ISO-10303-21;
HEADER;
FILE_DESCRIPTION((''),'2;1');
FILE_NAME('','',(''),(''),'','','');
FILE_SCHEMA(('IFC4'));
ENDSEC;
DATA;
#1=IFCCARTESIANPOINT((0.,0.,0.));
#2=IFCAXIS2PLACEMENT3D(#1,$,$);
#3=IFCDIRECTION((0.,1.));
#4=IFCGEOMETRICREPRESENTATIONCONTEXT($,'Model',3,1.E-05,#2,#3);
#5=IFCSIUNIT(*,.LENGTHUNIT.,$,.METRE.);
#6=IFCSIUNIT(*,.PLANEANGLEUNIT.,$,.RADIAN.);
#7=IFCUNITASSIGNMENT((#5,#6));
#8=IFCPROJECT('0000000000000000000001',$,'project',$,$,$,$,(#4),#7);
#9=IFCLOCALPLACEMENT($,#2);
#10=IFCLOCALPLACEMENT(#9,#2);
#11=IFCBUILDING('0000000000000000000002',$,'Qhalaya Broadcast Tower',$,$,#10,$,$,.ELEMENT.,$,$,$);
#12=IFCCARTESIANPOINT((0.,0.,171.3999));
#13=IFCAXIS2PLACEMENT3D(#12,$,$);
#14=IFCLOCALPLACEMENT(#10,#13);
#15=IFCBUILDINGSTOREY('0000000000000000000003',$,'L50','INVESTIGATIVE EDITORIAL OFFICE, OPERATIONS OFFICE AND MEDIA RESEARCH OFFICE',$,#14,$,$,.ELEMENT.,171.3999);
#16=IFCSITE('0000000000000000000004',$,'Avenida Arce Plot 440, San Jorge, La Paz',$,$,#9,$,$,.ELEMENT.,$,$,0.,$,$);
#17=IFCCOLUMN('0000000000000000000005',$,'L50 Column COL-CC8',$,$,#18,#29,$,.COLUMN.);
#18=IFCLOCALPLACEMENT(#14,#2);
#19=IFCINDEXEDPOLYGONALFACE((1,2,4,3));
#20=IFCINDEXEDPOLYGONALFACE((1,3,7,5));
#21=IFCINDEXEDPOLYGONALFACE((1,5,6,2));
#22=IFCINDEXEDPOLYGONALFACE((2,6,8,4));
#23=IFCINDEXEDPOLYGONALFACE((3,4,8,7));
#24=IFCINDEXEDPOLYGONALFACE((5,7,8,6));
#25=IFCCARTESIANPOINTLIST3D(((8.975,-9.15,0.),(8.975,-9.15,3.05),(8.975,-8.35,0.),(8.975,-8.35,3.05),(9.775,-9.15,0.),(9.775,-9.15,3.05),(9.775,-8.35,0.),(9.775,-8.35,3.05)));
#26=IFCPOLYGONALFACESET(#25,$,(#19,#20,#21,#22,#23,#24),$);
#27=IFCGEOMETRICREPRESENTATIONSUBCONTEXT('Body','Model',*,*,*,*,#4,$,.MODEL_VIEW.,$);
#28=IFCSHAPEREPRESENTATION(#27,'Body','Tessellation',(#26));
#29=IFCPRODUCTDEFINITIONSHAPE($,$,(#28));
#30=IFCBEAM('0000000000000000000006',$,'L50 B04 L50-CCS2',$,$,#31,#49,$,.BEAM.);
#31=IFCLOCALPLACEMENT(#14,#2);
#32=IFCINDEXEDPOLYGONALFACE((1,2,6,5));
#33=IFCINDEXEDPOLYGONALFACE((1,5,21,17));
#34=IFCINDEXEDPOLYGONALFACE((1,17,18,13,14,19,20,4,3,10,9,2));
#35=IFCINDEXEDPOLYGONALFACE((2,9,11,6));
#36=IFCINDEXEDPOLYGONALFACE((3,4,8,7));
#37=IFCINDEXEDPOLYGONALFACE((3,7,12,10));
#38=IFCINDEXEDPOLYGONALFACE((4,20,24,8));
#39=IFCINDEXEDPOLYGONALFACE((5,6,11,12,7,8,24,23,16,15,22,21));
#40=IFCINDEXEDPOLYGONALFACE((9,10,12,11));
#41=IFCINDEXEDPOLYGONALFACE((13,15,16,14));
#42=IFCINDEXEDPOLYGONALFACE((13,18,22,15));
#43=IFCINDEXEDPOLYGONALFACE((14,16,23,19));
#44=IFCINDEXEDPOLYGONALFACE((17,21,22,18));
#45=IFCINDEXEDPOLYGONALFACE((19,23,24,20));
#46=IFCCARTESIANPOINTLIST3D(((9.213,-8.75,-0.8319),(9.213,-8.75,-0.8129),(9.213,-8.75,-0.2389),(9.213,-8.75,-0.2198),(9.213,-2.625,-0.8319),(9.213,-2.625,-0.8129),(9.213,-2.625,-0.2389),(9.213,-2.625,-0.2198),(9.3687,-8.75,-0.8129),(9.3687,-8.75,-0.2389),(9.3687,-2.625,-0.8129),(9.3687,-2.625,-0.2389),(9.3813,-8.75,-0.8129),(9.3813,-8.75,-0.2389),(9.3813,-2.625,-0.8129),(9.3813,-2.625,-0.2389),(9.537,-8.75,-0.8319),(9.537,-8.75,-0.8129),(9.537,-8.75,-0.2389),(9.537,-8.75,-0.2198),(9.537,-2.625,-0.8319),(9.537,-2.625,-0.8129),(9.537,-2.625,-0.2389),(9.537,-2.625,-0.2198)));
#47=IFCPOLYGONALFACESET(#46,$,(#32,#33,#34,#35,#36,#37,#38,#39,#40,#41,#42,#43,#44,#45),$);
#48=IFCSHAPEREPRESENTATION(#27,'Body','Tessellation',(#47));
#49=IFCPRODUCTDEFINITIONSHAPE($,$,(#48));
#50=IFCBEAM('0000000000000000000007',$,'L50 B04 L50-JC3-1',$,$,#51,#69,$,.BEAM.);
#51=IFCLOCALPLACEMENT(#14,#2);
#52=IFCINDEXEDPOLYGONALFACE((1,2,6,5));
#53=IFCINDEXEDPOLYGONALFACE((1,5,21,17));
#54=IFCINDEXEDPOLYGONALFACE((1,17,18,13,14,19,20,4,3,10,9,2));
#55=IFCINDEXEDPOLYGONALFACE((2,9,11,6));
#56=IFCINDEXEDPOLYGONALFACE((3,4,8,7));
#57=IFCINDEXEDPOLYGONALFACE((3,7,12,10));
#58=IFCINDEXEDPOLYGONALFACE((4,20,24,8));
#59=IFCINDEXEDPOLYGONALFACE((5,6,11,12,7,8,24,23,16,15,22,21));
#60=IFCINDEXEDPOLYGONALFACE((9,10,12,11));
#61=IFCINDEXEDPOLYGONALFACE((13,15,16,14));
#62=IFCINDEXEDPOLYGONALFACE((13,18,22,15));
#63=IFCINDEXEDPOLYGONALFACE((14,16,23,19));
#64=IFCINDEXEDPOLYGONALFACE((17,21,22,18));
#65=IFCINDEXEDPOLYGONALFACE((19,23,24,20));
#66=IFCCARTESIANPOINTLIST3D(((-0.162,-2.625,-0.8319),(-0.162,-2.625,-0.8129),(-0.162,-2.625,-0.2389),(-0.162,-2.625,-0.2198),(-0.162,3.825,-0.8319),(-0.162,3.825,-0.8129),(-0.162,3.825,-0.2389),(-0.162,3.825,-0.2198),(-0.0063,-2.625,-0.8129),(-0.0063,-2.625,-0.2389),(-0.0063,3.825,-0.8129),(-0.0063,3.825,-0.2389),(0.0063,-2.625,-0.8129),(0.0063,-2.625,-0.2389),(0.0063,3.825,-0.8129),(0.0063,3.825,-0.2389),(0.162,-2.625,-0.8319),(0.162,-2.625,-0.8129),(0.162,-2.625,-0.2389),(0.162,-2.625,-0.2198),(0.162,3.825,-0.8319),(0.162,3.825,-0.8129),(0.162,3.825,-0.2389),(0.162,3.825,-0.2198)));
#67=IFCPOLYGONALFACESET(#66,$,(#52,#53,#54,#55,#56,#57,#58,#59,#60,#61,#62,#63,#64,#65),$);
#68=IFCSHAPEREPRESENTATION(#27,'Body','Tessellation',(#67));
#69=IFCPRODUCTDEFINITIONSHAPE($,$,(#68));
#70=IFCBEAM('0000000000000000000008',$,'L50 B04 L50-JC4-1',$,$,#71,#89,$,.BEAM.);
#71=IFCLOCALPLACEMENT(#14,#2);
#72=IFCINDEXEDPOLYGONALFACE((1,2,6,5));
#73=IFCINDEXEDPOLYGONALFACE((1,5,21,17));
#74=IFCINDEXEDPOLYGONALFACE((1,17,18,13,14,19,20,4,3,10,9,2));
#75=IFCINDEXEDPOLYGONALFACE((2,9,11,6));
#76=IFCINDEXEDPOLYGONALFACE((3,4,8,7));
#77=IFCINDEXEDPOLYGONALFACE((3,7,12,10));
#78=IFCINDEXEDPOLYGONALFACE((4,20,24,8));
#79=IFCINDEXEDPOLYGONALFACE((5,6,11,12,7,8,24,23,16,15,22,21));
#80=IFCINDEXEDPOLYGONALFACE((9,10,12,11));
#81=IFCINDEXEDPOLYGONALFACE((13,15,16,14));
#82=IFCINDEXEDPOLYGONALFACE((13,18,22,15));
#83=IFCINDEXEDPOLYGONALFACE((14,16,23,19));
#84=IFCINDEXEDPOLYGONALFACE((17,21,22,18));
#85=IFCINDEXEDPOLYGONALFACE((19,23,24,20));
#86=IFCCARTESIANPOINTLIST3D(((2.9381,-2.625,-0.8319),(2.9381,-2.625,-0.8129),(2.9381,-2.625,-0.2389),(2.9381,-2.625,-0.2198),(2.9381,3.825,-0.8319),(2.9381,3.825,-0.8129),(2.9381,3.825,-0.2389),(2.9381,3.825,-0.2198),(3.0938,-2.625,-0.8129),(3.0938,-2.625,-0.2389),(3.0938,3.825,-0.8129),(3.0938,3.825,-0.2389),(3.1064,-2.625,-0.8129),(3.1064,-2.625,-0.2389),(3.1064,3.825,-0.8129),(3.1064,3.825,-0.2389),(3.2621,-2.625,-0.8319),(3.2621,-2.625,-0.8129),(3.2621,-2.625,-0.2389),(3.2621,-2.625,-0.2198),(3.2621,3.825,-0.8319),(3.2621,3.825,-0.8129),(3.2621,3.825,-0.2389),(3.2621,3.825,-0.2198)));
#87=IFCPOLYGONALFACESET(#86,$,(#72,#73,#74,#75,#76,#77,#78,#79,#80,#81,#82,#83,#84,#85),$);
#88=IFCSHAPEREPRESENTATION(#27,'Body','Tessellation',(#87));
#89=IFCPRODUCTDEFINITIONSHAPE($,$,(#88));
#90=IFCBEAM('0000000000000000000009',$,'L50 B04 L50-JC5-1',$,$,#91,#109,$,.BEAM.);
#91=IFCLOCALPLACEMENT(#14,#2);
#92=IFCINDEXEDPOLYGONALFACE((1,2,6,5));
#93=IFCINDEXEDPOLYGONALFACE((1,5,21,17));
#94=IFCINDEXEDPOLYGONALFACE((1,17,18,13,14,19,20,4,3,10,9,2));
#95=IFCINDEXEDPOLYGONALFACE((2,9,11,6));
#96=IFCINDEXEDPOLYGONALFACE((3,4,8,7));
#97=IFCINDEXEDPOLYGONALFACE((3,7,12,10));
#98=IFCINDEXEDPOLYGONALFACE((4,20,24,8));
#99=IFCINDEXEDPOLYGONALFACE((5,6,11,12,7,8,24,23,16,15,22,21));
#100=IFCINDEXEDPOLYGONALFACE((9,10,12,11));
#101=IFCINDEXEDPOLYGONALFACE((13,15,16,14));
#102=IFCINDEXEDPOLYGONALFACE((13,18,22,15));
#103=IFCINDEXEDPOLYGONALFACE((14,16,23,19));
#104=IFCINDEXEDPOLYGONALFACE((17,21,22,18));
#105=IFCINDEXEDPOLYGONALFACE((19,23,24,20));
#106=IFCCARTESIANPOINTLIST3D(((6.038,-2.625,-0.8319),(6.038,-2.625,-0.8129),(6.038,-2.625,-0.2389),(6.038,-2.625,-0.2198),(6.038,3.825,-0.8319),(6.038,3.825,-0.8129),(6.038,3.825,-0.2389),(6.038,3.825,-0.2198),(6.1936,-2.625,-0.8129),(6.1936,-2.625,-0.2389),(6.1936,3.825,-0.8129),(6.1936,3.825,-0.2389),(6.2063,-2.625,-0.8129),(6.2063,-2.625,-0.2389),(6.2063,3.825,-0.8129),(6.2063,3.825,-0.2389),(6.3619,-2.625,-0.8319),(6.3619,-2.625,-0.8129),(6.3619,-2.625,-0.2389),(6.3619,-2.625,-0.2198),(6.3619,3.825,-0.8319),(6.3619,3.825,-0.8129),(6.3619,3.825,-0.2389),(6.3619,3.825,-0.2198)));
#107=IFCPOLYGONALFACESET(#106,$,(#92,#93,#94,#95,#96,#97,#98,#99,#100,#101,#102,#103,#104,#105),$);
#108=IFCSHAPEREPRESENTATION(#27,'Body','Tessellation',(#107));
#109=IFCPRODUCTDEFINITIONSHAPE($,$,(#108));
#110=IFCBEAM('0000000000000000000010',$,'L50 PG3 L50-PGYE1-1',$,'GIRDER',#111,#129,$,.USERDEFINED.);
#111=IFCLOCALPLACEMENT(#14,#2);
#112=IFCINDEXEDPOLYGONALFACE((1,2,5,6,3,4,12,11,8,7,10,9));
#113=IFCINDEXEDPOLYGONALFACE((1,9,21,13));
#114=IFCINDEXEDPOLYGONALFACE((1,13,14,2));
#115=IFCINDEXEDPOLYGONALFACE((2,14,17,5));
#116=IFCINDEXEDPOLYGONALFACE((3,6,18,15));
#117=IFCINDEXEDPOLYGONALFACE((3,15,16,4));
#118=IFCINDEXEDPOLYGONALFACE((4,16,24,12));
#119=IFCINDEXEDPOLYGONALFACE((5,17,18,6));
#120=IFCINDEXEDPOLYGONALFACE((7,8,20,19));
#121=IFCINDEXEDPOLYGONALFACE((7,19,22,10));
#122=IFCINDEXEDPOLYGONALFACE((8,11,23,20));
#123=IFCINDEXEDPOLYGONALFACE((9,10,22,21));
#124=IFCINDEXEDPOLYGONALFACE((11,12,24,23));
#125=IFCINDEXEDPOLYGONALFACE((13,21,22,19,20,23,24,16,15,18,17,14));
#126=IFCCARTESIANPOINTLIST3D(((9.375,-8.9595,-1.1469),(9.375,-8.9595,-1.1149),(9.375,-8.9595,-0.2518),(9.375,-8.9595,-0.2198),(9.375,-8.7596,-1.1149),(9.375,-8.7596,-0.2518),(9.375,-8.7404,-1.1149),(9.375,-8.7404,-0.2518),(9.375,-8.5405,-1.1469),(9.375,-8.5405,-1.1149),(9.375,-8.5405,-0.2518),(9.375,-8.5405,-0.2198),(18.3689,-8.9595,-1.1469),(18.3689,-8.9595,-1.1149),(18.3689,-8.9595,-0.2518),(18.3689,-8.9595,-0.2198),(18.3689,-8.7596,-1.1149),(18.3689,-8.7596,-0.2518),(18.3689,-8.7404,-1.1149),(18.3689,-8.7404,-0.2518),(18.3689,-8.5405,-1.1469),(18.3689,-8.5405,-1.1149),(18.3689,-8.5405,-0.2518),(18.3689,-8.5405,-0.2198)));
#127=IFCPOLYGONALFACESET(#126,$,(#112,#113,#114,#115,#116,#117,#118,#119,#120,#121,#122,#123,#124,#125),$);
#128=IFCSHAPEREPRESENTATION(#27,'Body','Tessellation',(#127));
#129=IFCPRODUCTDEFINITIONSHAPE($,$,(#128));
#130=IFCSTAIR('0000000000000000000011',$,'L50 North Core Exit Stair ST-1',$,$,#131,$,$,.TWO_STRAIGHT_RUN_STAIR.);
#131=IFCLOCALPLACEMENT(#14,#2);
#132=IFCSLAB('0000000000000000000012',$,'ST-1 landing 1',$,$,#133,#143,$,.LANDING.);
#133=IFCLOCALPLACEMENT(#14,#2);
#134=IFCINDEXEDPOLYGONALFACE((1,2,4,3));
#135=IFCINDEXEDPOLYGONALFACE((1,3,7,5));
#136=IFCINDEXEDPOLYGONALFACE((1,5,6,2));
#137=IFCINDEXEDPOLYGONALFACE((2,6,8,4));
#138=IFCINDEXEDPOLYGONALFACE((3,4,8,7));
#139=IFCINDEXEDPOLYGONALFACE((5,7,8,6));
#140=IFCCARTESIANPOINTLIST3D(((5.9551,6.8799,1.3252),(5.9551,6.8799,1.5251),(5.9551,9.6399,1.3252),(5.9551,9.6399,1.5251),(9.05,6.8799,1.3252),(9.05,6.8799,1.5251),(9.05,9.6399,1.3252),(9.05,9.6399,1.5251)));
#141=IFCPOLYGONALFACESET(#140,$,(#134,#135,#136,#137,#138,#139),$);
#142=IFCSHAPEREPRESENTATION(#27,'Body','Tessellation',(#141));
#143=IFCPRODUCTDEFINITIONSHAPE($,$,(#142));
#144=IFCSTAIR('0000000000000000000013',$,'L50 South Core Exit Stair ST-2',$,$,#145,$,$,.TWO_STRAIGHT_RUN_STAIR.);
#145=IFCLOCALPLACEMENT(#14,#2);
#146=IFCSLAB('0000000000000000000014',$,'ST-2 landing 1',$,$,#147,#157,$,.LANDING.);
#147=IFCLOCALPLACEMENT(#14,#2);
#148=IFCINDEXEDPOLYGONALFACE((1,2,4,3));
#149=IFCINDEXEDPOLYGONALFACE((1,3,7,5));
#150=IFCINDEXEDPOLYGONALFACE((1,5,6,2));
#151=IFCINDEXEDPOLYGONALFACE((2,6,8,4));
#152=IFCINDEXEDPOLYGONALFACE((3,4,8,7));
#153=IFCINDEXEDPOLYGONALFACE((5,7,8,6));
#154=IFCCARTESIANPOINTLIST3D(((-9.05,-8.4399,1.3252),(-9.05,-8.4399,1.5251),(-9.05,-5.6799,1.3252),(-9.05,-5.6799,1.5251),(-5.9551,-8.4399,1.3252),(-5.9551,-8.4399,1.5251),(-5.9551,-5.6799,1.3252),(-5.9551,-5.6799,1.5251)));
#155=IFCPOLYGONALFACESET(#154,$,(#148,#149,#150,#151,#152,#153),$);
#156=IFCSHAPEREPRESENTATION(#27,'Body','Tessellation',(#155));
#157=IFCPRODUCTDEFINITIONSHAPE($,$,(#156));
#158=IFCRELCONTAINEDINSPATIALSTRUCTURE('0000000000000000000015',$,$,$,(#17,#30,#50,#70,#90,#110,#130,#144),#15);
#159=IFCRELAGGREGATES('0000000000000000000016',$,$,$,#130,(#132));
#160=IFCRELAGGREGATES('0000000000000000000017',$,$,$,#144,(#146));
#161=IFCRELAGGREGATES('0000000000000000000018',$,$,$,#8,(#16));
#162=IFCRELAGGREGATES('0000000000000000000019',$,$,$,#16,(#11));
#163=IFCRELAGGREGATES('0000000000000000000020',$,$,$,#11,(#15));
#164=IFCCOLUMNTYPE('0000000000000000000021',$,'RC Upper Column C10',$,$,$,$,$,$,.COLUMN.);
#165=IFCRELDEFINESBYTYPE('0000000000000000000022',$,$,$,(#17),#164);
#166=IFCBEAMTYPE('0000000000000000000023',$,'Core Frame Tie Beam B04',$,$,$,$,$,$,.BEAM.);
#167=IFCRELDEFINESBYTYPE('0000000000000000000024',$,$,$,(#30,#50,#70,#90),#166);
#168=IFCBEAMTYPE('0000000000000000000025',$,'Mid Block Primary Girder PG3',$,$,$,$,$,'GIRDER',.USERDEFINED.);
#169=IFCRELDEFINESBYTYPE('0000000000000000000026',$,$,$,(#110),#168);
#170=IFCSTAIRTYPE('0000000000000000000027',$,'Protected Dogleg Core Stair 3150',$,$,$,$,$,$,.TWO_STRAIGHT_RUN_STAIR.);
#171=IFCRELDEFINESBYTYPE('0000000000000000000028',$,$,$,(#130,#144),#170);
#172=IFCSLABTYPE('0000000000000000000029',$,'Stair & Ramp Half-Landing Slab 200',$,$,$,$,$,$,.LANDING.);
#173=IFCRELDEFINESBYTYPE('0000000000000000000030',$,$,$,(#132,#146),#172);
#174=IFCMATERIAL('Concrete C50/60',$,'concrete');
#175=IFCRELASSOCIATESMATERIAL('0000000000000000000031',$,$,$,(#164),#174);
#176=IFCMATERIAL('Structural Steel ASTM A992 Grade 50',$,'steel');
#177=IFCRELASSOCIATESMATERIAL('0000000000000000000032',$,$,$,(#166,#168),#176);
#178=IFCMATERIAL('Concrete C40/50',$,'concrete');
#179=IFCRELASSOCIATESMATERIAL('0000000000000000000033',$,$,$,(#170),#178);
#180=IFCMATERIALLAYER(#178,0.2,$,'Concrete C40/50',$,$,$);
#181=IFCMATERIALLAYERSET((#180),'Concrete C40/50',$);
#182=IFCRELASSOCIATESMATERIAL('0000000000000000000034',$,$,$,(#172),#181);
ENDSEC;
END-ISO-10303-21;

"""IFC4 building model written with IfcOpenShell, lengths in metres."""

from ifc_helpers import new_model, si_unit, direction, frame, origin, origin_2d, place, context, subcontext, project, spatial, polyline, rectangle, i_section, outline, extrude, material, layer, layer_set, material_profile, profile_set, type_object, element, aggregate, save


model = new_model("IFC4")

# Units and contexts
model_context = context("Model", 3, precision=1e-05, world=origin(), true_north=direction((0.0, 1.0)))
body_context = subcontext(model_context, "Body", "Model", "MODEL_VIEW")
ifc_project = project(units=[si_unit("LENGTHUNIT", "METRE"), si_unit("PLANEANGLEUNIT", "RADIAN")], contexts=[model_context])

# Site, building, storey
site_placement = place(None, origin())
site = spatial("IfcSite", under=ifc_project, at=site_placement, Name="Avenida Arce Plot 440, San Jorge, La Paz", CompositionType="ELEMENT", RefElevation=0.0)
building_placement = place(site_placement, origin())
building = spatial("IfcBuilding", under=site, at=building_placement, Name="Qhalaya Broadcast Tower", CompositionType="ELEMENT")
storey_placement = place(building_placement, frame((0.0, 0.0, 171.3999)))
storey = spatial("IfcBuildingStorey", under=building, at=storey_placement, Name="L50", Description="INVESTIGATIVE EDITORIAL OFFICE, OPERATIONS OFFICE AND MEDIA RESEARCH OFFICE", CompositionType="ELEMENT", Elevation=171.3999)

# Column
ifc_material_1 = material(Name="Concrete C50/60", Category="concrete")
ifc_material_profile_1 = material_profile(ifc_material_1, rectangle(XDim=0.8, YDim=0.8, at=origin_2d()), Name="RC-COL 800x800")
ifc_profile_set_1 = profile_set([ifc_material_profile_1], Name="Concrete C50/60")
column_type = type_object("IfcColumnType", Name="RC Upper Column C10", PredefinedType="COLUMN", material=ifc_profile_set_1)
column_placement = place(storey_placement, frame((9.375, -8.75, 0.0), z_axis=(0.0, 0.0, 1.0), x_axis=(1.0, 0.0, 0.0)))
element("IfcColumn", 1, at=column_placement, inside=storey, type_object=column_type, Name="L50 Column COL-CC8", PredefinedType="COLUMN", context=body_context, shape_type="SweptSolid", body=[
    extrude(rectangle(XDim=0.8, YDim=0.8, at=origin_2d()), origin(), (0.0, 0.0, 1.0), 3.05),
])

# Beams
ifc_material_2 = material(Name="Structural Steel ASTM A992 Grade 50", Category="steel")
ifc_material_profile_2 = material_profile(ifc_material_2, i_section(OverallWidth=0.324, OverallDepth=0.6121, WebThickness=0.0127, FlangeThickness=0.019, at=origin_2d()), Name="W24X104")
ifc_profile_set_2 = profile_set([ifc_material_profile_2], Name="Structural Steel ASTM A992 Grade 50")
beam_type_1 = type_object("IfcBeamType", Name="Core Frame Tie Beam B04", PredefinedType="BEAM", material=ifc_profile_set_2)
beam_1_placement = place(storey_placement, frame((9.375, -8.75, -0.5259), z_axis=(0.0, 1.0, 0.0), x_axis=(-1.0, 0.0, 0.0)))
element("IfcBeam", 2, at=beam_1_placement, inside=storey, type_object=beam_type_1, Name="L50 B04 L50-CCS2", PredefinedType="BEAM", context=body_context, shape_type="SweptSolid", body=[
    extrude(i_section(OverallWidth=0.324, OverallDepth=0.6121, WebThickness=0.0127, FlangeThickness=0.019, at=origin_2d()), origin(), (0.0, 0.0, 1.0), 6.125),
])
for number, where, z_axis, x_axis, name in (
    (3, (0.0, -2.625, -0.5259), (0.0, 1.0, 0.0), (-1.0, 0.0, 0.0), "L50 B04 L50-JC3-1"),
    (4, (3.1001, -2.625, -0.5259), (0.0, 1.0, 0.0), (-1.0, 0.0, 0.0), "L50 B04 L50-JC4-1"),
    (5, (6.2, -2.625, -0.5259), (0.0, 1.0, 0.0), (-1.0, 0.0, 0.0), "L50 B04 L50-JC5-1"),
):
    element("IfcBeam", number, at=place(storey_placement, frame(where, z_axis=z_axis, x_axis=x_axis)), inside=storey, type_object=beam_type_1, Name=name, PredefinedType="BEAM", context=body_context, shape_type="SweptSolid", body=[
        extrude(i_section(OverallWidth=0.324, OverallDepth=0.6121, WebThickness=0.0127, FlangeThickness=0.019, at=origin_2d()), origin(), (0.0, 0.0, 1.0), 6.45),
    ])
ifc_material_profile_3 = material_profile(ifc_material_2, i_section(OverallWidth=0.4189, OverallDepth=0.927, WebThickness=0.0193, FlangeThickness=0.032, at=origin_2d()), Name="W36X231")
ifc_profile_set_3 = profile_set([ifc_material_profile_3], Name="Structural Steel ASTM A992 Grade 50")
beam_type_2 = type_object("IfcBeamType", Name="Mid Block Primary Girder PG3", ElementType="GIRDER", PredefinedType="USERDEFINED", material=ifc_profile_set_3)
beam_2_placement = place(storey_placement, frame((9.375, -8.75, -0.6833), z_axis=(1.0, 0.0, 0.0), x_axis=(0.0, 1.0, 0.0)))
element("IfcBeam", 6, at=beam_2_placement, inside=storey, type_object=beam_type_2, Name="L50 PG3 L50-PGYE1-1", ObjectType="GIRDER", PredefinedType="USERDEFINED", context=body_context, shape_type="SweptSolid", body=[
    extrude(i_section(OverallWidth=0.4189, OverallDepth=0.927, WebThickness=0.0193, FlangeThickness=0.032, at=origin_2d()), origin(), (0.0, 0.0, 1.0), 8.9939),
])

# Stairs, slabs
ifc_material_3 = material(Name="Concrete C40/50", Category="concrete")
stair_type = type_object("IfcStairType", Name="Protected Dogleg Core Stair 3150", PredefinedType="TWO_STRAIGHT_RUN_STAIR", material=ifc_material_3)
stair_1_placement = place(storey_placement, origin())
stair_1 = element("IfcStair", 7, at=stair_1_placement, inside=storey, type_object=stair_type, Name="L50 North Core Exit Stair ST-1", PredefinedType="TWO_STRAIGHT_RUN_STAIR")
ifc_layer_1 = layer(ifc_material_3, 0.2, Name="Concrete C40/50")
ifc_layer_set_1 = layer_set([ifc_layer_1], Name="Concrete C40/50")
slab_type_1 = type_object("IfcSlabType", Name="Stair & Ramp Half-Landing Slab 200", PredefinedType="LANDING", material=ifc_layer_set_1)
slab_1_placement = place(storey_placement, frame((0.0, 0.0, 1.3252)))
slab_1 = element("IfcSlab", 8, at=slab_1_placement, type_object=slab_type_1, Name="ST-1 landing 1", PredefinedType="LANDING", context=body_context, shape_type="SweptSolid", body=[
    extrude(outline(polyline([(5.9551, 6.8799), (9.05, 6.8799), (9.05, 9.6399), (5.9551, 9.6399), (5.9551, 6.8799)])), origin(), (0.0, 0.0, 1.0), 0.2),
])
aggregate(stair_1, [slab_1])
stair_2_placement = place(storey_placement, origin())
stair_2 = element("IfcStair", 9, at=stair_2_placement, inside=storey, type_object=stair_type, Name="L50 South Core Exit Stair ST-2", PredefinedType="TWO_STRAIGHT_RUN_STAIR")
slab_2_placement = place(storey_placement, frame((0.0, 0.0, 1.3252)))
slab_2 = element("IfcSlab", 10, at=slab_2_placement, type_object=slab_type_1, Name="ST-2 landing 1", PredefinedType="LANDING", context=body_context, shape_type="SweptSolid", body=[
    extrude(outline(polyline([(-5.9551, -5.6799), (-9.05, -5.6799), (-9.05, -8.4399), (-5.9551, -8.4399), (-5.9551, -5.6799)])), origin(), (0.0, 0.0, 1.0), 0.2),
])
aggregate(stair_2, [slab_2])

save(model, "model.ifc")
